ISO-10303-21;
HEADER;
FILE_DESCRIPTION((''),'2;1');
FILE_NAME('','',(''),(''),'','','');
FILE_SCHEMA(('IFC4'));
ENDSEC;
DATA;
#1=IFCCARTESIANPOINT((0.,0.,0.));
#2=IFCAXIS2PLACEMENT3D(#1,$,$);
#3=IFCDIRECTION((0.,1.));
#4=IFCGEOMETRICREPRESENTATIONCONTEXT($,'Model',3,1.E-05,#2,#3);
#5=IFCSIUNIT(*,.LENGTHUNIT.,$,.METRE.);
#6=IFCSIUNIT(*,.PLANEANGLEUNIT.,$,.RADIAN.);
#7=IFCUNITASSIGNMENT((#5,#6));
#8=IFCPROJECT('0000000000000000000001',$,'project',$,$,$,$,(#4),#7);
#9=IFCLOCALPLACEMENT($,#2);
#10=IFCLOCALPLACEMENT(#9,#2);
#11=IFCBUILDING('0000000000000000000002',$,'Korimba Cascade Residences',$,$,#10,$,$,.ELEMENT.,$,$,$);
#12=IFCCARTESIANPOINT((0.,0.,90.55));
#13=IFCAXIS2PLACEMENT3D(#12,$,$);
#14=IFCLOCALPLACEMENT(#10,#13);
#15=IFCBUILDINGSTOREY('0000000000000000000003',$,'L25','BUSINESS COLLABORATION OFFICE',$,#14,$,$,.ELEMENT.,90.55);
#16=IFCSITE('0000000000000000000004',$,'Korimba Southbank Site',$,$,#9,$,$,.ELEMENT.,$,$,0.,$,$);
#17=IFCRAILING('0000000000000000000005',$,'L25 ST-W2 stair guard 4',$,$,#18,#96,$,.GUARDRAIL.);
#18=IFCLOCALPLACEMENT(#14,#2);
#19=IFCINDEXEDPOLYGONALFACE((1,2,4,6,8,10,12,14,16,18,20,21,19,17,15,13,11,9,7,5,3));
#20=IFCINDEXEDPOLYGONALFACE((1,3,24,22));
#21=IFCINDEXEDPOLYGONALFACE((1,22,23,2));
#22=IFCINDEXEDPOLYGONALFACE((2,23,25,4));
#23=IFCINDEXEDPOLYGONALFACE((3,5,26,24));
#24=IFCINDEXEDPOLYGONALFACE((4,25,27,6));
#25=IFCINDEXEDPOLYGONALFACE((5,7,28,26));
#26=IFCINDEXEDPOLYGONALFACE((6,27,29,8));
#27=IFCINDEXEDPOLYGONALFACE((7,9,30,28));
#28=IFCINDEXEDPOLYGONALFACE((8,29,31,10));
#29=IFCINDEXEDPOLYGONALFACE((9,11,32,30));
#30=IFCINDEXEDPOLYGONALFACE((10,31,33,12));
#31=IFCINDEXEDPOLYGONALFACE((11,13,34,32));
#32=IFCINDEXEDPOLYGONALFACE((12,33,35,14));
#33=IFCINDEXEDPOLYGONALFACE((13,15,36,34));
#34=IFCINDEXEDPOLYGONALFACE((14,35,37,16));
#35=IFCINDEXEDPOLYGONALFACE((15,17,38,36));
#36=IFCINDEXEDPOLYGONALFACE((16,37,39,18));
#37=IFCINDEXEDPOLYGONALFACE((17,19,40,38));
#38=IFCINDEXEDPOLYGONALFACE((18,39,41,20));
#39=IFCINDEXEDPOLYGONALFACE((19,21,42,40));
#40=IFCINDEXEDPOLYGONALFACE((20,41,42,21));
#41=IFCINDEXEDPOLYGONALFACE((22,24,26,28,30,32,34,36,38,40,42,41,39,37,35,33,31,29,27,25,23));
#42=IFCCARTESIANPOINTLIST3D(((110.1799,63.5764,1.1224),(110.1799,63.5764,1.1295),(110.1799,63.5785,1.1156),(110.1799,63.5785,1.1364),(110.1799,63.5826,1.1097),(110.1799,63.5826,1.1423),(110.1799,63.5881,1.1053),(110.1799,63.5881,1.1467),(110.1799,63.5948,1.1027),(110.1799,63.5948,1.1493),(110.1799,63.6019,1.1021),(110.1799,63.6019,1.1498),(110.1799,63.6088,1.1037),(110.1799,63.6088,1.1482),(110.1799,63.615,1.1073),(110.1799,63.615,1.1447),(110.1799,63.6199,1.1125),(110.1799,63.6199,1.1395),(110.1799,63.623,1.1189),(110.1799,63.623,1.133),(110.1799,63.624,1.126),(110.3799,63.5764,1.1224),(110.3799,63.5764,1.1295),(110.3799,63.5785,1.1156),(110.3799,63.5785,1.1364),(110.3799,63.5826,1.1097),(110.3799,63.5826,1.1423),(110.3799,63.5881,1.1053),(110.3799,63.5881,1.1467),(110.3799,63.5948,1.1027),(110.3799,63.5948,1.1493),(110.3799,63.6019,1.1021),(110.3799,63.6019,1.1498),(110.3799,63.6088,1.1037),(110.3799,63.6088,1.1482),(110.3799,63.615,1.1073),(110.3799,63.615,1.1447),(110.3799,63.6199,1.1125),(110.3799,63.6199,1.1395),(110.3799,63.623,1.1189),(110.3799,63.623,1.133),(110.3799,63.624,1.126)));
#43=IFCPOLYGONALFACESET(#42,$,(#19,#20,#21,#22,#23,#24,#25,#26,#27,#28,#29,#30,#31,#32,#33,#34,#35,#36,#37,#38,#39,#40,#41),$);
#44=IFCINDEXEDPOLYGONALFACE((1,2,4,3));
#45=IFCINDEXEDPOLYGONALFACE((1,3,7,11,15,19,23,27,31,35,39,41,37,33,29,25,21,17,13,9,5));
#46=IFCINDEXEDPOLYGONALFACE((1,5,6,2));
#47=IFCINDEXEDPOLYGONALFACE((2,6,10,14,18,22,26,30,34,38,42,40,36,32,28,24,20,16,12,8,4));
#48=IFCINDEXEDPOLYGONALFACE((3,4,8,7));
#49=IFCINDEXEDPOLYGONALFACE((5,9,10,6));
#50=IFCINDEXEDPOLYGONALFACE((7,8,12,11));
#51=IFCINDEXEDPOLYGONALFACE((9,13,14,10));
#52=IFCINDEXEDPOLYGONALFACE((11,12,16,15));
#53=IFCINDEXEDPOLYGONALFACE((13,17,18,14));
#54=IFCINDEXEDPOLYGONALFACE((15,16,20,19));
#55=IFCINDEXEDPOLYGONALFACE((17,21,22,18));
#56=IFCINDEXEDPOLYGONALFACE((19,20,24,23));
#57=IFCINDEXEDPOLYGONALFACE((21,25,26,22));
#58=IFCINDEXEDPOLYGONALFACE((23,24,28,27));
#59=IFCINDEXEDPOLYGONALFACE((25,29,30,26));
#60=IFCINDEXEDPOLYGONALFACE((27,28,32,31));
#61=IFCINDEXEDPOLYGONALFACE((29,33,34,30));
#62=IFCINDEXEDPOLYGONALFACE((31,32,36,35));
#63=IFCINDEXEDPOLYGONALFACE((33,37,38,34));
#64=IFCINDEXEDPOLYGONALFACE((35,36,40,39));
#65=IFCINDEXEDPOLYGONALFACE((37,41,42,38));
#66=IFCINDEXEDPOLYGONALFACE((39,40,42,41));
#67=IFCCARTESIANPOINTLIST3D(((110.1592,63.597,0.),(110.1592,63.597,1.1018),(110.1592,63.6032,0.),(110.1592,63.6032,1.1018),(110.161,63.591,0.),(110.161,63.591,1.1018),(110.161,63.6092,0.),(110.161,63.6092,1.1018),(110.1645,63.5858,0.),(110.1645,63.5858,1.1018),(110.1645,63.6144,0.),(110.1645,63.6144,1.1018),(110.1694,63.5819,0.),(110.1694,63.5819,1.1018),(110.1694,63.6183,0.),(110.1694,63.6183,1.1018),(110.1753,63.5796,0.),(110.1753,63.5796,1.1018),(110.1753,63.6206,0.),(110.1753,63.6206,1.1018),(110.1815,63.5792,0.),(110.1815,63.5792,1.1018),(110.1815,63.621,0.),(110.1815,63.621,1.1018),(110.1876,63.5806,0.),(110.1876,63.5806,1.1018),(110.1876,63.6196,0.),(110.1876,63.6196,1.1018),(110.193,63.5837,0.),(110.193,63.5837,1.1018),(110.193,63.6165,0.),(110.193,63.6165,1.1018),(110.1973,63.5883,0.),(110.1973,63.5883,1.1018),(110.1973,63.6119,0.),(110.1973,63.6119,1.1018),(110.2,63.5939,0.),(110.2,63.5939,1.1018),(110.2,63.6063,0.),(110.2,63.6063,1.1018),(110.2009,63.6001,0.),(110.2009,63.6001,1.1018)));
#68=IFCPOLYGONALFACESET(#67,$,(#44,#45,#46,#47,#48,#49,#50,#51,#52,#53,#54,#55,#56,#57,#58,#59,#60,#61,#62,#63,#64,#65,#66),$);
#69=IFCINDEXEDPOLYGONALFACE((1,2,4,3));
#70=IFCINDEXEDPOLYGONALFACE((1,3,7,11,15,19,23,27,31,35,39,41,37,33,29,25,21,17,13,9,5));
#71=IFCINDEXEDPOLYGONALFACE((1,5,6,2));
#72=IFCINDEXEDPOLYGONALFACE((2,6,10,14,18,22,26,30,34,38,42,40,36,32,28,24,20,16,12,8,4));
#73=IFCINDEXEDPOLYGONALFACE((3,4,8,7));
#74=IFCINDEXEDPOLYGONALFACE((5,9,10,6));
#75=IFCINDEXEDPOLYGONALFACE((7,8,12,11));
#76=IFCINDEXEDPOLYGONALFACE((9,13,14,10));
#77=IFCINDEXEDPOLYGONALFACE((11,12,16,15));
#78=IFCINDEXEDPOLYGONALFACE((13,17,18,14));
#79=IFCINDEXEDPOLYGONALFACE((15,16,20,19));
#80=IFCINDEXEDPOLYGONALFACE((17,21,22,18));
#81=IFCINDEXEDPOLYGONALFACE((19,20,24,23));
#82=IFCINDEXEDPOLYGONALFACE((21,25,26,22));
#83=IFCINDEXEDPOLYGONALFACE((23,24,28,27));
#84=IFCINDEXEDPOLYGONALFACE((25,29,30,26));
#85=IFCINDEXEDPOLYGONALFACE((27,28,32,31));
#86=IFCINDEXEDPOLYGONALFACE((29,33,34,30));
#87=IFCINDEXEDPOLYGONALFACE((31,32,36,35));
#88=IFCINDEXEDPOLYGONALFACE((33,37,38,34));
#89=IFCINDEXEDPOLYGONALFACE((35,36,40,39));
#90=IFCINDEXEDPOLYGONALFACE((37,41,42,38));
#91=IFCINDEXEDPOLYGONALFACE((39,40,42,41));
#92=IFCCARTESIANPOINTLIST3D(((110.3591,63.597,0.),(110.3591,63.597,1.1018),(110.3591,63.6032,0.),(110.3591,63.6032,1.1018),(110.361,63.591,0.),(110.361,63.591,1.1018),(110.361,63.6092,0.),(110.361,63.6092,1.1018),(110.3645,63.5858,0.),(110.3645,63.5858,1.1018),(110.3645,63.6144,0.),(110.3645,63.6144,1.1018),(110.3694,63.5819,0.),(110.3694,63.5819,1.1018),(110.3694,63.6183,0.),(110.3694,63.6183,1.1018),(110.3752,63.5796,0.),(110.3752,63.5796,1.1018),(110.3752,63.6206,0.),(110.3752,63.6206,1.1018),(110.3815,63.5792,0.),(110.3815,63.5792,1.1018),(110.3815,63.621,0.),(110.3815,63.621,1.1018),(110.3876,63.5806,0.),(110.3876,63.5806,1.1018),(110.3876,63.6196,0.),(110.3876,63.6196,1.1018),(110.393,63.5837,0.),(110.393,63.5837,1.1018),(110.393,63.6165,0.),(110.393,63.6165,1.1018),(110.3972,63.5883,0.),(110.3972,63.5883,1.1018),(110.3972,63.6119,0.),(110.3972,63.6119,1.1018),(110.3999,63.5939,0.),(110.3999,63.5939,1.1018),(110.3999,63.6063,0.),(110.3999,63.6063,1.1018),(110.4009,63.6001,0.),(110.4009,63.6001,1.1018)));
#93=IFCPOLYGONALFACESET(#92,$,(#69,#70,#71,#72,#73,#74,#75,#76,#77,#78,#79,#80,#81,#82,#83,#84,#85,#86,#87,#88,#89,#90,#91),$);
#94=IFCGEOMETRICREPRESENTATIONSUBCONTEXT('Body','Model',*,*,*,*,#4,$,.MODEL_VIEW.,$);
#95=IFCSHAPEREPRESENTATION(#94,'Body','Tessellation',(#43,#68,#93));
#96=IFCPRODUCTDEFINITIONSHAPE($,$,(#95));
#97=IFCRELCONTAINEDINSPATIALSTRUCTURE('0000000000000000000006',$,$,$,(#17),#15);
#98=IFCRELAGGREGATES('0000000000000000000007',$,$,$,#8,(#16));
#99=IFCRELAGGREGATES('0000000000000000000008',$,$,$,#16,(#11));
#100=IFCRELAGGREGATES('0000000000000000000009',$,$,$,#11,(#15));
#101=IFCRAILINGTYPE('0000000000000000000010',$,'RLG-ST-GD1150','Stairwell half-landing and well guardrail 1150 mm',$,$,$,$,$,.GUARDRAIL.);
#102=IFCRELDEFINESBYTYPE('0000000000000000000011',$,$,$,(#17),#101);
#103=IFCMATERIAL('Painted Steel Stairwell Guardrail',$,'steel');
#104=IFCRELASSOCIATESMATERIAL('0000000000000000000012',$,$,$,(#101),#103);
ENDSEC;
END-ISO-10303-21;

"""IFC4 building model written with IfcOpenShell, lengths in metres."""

from ifc_helpers import new_model, si_unit, direction, frame, origin, origin_2d, place, context, subcontext, project, spatial, circle, extrude, material, type_object, element, save


model = new_model("IFC4")

# Units and contexts
model_context = context("Model", 3, precision=1e-05, world=origin(), true_north=direction((0.0, 1.0)))
body_context = subcontext(model_context, "Body", "Model", "MODEL_VIEW")
ifc_project = project(units=[si_unit("LENGTHUNIT", "METRE"), si_unit("PLANEANGLEUNIT", "RADIAN")], contexts=[model_context])

# Site, building, storey
site_placement = place(None, origin())
site = spatial("IfcSite", under=ifc_project, at=site_placement, Name="Korimba Southbank Site", CompositionType="ELEMENT", RefElevation=0.0)
building_placement = place(site_placement, origin())
building = spatial("IfcBuilding", under=site, at=building_placement, Name="Korimba Cascade Residences", CompositionType="ELEMENT")
storey_placement = place(building_placement, frame((0.0, 0.0, 90.55)))
storey = spatial("IfcBuildingStorey", under=building, at=storey_placement, Name="L25", Description="BUSINESS COLLABORATION OFFICE", CompositionType="ELEMENT", Elevation=90.55)

# Railing
ifc_material_1 = material(Name="Painted Steel Stairwell Guardrail", Category="steel")
railing_type_1 = type_object("IfcRailingType", Name="RLG-ST-GD1150", Description="Stairwell half-landing and well guardrail 1150 mm", PredefinedType="GUARDRAIL", material=ifc_material_1)
railing_1_placement = place(storey_placement, frame((110.1799, 63.6001, 0.0)))
element("IfcRailing", 1, at=railing_1_placement, inside=storey, type_object=railing_type_1, Name="L25 ST-W2 stair guard 4", PredefinedType="GUARDRAIL", context=body_context, shape_type="SweptSolid", body=[
    extrude(circle(Radius=0.0239, at=origin_2d()), frame((0.0, 0.0, 1.126), z_axis=(1.0, 0.0, 0.0), x_axis=(0.0, 1.0, 0.0)), (0.0, 0.0, 1.0), 0.2),
    extrude(circle(Radius=0.021, at=origin_2d()), origin(), (0.0, 0.0, 1.0), 1.1018),
    extrude(circle(Radius=0.021, at=origin_2d()), frame((0.2, 0.0, 0.0)), (0.0, 0.0, 1.0), 1.1018),
])

save(model, "model.ifc")
